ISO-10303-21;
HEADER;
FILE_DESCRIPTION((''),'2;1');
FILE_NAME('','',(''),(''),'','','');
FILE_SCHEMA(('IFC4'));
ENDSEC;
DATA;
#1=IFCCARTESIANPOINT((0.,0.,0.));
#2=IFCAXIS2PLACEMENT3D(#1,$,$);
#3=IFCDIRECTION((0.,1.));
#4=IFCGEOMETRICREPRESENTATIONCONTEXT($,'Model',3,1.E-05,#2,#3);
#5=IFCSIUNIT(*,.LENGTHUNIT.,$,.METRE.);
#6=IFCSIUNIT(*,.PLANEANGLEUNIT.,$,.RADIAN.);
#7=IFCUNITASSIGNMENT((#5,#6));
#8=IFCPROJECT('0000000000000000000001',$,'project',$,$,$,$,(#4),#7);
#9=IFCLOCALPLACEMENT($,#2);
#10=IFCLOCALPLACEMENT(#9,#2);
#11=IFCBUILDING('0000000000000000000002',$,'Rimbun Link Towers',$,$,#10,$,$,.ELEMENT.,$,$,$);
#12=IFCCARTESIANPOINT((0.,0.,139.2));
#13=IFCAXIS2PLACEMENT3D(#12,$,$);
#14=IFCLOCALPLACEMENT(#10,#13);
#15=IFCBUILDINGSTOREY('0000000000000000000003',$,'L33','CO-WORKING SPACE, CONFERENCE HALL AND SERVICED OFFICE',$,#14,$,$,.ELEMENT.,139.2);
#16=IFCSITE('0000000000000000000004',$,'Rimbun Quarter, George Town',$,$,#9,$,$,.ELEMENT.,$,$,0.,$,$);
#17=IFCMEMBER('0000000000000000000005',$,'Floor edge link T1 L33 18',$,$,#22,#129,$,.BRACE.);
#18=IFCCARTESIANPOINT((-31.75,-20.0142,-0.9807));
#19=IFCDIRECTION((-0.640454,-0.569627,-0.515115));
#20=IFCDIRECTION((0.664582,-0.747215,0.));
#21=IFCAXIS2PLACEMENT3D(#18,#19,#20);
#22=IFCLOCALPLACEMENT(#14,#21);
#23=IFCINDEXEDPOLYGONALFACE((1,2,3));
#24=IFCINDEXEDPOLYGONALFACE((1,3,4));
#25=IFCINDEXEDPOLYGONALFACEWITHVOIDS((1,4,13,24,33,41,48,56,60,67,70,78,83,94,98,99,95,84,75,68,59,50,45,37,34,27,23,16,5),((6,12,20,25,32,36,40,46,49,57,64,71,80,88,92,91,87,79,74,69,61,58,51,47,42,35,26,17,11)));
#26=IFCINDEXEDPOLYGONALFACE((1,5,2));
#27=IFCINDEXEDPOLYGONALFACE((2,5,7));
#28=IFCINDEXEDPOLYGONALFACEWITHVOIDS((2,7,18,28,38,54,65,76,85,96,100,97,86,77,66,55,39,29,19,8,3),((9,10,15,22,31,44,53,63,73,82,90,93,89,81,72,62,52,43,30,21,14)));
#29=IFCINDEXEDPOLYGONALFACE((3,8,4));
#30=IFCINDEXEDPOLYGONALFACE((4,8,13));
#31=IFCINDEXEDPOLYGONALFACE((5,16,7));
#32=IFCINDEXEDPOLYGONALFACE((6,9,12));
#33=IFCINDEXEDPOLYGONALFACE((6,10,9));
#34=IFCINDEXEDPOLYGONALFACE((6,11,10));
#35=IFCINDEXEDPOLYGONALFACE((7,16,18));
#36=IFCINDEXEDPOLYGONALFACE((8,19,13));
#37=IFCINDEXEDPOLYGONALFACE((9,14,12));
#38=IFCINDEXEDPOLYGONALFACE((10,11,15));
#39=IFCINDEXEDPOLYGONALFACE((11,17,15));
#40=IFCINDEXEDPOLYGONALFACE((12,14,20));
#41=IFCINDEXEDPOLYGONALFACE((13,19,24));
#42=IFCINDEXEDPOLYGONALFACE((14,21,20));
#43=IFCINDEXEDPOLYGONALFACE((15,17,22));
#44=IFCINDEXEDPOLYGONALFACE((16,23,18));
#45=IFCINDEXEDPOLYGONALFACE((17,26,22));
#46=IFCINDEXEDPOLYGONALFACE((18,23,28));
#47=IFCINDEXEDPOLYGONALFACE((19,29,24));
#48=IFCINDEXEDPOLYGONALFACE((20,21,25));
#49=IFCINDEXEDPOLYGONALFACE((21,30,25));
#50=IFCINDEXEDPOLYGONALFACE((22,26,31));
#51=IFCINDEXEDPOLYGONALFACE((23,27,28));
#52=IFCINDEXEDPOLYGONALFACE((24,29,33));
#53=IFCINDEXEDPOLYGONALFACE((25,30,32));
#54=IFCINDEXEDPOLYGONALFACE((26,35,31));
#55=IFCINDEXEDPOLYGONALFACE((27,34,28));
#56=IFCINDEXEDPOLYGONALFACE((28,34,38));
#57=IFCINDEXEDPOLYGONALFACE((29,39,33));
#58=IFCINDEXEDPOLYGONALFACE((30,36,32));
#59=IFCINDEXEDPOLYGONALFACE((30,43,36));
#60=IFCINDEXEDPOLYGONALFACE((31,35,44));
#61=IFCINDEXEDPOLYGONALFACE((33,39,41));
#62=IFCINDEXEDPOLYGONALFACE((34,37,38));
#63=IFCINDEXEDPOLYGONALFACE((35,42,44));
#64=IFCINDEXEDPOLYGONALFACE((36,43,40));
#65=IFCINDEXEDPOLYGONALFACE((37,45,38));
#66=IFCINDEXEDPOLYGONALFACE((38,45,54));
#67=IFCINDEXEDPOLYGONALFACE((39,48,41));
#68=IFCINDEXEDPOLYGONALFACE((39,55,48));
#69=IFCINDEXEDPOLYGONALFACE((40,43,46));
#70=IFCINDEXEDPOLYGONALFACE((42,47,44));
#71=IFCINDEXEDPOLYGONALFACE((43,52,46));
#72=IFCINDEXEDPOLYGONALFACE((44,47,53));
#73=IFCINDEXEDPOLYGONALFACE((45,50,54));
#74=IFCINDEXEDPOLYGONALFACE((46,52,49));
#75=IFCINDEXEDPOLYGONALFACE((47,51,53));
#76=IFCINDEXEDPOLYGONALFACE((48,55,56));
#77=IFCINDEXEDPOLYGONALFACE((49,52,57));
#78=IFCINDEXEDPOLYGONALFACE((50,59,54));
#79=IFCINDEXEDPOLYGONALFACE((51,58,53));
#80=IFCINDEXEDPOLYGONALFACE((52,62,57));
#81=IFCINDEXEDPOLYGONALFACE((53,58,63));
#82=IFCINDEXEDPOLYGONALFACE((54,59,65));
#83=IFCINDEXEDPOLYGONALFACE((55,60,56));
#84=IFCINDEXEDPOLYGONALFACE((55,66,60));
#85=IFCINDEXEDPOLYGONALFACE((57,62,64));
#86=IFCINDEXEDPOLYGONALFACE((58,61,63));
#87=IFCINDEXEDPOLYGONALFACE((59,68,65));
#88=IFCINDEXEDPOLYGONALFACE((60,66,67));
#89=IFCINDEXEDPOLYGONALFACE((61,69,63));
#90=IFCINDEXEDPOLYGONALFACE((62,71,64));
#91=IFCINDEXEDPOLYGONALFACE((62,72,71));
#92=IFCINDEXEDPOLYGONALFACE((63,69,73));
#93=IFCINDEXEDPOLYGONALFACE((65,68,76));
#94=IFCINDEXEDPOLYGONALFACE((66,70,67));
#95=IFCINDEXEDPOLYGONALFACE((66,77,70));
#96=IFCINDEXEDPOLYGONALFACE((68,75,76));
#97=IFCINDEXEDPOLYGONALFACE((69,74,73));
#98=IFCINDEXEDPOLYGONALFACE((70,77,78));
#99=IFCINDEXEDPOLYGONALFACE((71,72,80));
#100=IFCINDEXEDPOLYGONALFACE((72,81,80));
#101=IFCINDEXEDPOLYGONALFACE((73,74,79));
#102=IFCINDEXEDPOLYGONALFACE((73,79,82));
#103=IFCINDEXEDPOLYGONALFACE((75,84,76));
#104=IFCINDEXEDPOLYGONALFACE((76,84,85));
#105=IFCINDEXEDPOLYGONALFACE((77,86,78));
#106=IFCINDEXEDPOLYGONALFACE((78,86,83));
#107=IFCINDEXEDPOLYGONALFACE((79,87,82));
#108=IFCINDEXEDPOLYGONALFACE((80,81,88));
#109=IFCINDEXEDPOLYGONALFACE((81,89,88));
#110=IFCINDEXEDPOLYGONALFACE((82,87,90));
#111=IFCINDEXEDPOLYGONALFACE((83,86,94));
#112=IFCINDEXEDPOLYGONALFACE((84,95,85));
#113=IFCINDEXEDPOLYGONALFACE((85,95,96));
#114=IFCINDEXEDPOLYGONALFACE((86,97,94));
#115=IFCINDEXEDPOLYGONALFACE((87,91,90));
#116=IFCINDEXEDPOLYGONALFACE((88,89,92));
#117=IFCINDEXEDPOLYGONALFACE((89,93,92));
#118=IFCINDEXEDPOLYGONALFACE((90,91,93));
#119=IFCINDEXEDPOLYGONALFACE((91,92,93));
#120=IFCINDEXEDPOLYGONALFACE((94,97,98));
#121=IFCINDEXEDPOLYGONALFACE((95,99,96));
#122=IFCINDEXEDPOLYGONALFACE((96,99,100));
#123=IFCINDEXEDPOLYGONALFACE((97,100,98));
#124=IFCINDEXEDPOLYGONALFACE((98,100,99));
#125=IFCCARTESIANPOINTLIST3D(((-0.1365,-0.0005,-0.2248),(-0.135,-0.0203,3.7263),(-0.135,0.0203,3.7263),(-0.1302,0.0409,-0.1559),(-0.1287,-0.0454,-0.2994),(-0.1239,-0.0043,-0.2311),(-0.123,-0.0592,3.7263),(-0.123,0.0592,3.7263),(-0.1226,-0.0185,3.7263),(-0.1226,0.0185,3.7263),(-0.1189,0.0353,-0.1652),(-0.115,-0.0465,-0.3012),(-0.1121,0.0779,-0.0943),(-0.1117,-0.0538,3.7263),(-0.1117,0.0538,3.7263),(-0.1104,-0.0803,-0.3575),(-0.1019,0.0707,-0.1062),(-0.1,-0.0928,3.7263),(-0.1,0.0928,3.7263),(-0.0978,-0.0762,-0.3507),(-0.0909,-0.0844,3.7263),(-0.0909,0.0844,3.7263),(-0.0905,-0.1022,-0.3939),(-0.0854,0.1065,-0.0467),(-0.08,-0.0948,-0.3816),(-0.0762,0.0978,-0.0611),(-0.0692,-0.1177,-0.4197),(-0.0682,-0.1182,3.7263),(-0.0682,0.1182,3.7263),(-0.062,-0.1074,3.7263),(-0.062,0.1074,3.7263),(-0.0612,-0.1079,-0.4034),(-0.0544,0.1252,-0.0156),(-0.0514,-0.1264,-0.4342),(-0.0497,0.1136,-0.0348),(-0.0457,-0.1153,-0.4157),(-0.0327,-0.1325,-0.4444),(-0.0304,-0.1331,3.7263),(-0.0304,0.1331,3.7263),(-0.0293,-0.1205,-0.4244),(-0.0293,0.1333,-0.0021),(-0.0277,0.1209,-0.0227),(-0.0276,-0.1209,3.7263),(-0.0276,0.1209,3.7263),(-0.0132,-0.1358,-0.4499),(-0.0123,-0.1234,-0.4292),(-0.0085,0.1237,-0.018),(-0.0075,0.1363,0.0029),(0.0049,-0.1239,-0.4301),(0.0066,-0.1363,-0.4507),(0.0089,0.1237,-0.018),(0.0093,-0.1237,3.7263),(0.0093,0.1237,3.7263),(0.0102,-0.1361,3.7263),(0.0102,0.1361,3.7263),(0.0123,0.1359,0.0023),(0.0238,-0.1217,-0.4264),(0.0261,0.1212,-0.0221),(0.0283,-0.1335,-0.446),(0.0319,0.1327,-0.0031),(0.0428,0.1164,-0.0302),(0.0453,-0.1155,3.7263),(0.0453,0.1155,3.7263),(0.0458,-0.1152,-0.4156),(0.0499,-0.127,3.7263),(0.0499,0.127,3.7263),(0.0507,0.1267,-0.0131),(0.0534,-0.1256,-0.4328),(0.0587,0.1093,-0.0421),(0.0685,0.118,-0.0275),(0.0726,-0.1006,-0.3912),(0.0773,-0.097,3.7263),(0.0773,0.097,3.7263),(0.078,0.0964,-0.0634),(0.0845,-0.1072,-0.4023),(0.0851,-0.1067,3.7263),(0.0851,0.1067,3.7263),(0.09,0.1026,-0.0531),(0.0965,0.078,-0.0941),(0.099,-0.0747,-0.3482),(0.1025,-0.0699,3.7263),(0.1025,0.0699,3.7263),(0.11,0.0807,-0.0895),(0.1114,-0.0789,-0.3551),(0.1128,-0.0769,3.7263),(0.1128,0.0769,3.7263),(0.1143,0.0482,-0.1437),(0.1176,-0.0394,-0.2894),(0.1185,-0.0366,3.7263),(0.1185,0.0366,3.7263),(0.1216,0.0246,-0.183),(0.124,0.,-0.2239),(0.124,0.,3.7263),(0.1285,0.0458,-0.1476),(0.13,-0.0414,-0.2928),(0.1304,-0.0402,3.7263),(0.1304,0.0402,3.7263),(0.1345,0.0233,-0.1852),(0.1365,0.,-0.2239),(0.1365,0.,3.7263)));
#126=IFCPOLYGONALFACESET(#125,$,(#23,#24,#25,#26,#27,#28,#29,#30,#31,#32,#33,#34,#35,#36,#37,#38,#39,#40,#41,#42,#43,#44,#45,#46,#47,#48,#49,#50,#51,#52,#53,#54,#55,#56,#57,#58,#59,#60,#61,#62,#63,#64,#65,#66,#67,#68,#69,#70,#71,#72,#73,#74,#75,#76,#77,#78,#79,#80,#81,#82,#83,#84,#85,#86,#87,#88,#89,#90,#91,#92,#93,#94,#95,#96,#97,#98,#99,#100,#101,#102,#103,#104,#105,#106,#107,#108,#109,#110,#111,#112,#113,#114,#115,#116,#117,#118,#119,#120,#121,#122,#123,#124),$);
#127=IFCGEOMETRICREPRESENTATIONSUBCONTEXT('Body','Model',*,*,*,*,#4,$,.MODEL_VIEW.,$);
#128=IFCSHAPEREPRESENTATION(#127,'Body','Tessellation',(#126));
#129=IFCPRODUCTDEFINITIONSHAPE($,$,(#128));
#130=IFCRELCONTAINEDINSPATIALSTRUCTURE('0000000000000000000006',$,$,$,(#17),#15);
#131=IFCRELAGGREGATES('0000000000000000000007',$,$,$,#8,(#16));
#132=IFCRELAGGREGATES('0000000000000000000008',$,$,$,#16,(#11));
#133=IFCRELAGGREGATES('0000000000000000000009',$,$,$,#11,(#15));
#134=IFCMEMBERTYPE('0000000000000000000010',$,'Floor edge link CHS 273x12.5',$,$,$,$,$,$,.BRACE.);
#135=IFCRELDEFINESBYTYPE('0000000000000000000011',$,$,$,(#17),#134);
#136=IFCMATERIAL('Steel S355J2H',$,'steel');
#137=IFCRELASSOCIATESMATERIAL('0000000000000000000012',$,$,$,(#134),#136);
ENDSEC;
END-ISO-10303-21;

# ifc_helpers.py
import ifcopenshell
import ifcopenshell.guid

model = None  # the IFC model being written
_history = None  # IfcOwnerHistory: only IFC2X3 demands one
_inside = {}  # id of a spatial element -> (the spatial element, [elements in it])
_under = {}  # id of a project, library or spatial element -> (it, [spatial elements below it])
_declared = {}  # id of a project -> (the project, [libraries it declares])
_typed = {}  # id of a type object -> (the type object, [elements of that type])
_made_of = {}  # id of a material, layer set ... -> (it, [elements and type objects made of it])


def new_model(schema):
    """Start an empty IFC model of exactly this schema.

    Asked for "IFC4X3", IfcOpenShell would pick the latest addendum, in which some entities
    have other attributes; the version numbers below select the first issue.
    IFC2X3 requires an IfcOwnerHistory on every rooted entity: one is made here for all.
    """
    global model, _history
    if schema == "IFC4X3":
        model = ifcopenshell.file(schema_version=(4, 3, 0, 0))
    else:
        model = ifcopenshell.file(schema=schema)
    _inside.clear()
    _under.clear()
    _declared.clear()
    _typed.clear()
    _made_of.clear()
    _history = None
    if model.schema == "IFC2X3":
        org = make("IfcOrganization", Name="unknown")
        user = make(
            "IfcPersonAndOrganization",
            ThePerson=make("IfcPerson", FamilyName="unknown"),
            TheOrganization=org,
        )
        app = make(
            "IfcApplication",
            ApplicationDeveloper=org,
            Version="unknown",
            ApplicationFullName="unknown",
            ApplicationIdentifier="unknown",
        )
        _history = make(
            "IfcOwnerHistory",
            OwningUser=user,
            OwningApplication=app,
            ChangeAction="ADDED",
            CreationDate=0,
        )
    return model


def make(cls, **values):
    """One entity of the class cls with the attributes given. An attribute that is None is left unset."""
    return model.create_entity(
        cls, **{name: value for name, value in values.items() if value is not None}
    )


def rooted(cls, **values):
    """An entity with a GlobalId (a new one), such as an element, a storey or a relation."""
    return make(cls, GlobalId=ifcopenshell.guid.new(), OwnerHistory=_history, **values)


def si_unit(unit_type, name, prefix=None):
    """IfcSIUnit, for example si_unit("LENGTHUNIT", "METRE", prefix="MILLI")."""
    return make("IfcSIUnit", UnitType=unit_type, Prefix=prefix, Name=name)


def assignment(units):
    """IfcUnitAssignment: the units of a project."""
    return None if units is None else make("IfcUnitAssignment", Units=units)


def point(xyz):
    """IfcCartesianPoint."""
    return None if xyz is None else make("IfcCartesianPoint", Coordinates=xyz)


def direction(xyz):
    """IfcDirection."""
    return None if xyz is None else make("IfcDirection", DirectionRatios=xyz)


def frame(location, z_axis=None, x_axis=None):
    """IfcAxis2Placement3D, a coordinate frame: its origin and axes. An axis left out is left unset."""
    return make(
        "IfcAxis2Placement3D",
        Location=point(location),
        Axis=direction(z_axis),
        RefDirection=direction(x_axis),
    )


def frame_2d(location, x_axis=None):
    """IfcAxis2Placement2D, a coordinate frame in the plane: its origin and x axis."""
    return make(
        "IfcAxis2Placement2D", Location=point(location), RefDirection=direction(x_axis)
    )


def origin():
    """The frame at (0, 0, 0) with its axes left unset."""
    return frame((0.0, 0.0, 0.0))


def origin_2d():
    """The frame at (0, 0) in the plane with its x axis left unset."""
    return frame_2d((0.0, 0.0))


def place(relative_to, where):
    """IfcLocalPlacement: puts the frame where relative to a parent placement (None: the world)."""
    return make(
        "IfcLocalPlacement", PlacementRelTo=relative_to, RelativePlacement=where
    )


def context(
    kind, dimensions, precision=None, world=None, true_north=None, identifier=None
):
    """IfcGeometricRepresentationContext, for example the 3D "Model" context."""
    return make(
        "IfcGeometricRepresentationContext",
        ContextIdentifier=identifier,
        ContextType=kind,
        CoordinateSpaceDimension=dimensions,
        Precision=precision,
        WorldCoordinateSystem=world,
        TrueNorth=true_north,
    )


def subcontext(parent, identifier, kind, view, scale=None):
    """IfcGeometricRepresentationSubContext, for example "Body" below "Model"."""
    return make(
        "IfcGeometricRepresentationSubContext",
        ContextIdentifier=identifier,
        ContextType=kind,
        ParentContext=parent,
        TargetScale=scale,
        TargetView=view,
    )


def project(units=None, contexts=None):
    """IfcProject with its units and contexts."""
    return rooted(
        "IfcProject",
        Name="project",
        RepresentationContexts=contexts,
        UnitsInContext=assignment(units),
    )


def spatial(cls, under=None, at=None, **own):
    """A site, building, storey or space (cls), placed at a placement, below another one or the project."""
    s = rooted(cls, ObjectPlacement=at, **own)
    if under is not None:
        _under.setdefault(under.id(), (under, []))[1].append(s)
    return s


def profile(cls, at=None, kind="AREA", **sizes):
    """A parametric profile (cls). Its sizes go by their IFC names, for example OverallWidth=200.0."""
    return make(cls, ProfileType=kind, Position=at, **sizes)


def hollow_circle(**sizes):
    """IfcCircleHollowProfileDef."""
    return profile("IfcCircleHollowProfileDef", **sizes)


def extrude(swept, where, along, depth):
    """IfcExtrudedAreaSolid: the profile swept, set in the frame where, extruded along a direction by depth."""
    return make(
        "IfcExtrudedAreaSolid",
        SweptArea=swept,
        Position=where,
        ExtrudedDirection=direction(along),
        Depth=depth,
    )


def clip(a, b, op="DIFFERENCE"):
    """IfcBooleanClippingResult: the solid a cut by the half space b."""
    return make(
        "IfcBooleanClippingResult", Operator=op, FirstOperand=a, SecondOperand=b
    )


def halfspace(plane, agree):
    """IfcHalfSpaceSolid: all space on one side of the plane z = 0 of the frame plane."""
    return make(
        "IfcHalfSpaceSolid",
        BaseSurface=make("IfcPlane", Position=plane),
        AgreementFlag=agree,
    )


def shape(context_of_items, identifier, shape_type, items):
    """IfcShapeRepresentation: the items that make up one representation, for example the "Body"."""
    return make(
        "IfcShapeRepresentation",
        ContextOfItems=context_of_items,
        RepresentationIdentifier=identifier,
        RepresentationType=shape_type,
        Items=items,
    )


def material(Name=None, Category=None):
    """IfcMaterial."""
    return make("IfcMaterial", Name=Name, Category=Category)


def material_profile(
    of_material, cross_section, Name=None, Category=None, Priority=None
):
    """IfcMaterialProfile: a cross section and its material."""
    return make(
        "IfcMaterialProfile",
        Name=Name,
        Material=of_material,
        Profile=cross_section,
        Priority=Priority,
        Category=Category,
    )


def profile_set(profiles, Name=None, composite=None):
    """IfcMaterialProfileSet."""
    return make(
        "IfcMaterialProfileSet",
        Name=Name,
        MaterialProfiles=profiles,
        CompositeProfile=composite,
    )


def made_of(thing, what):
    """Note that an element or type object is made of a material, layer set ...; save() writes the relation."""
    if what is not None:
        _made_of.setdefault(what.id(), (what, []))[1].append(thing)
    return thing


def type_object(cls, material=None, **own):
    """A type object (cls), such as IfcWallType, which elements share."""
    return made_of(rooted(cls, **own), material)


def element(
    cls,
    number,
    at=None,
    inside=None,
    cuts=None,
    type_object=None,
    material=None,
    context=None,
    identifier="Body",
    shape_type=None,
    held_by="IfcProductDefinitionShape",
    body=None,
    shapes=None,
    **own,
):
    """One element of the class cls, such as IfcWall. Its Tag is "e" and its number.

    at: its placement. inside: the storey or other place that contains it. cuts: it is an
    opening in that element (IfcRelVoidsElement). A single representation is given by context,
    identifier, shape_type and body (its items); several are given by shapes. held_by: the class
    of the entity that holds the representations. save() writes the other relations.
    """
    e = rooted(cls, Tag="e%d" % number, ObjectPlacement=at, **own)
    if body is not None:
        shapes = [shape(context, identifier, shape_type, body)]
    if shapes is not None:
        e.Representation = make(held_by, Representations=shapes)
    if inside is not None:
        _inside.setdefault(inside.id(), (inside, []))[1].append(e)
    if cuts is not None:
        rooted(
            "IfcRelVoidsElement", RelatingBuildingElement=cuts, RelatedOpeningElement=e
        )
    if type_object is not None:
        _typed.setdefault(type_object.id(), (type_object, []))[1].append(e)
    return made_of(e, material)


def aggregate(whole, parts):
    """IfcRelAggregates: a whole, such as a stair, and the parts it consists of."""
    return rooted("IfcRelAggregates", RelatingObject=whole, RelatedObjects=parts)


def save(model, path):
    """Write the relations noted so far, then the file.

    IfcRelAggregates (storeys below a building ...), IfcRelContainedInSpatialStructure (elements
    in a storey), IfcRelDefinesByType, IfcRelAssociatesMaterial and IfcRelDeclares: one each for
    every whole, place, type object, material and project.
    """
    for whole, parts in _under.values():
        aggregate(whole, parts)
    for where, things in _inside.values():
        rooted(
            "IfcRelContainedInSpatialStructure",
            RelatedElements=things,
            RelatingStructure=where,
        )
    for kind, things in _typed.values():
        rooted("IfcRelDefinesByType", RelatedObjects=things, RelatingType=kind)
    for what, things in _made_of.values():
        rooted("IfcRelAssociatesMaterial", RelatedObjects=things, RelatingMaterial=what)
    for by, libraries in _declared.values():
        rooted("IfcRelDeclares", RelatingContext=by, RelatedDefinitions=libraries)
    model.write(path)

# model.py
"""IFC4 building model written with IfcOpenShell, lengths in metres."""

from ifc_helpers import new_model, si_unit, direction, frame, origin, origin_2d, place, context, subcontext, project, spatial, hollow_circle, extrude, clip, halfspace, material, material_profile, profile_set, type_object, element, save


model = new_model("IFC4")

# Units and contexts
model_context = context("Model", 3, precision=1e-05, world=origin(), true_north=direction((0.0, 1.0)))
body_context = subcontext(model_context, "Body", "Model", "MODEL_VIEW")
ifc_project = project(units=[si_unit("LENGTHUNIT", "METRE"), si_unit("PLANEANGLEUNIT", "RADIAN")], contexts=[model_context])

# Site, building, storey
site_placement = place(None, origin())
site = spatial("IfcSite", under=ifc_project, at=site_placement, Name="Rimbun Quarter, George Town", CompositionType="ELEMENT", RefElevation=0.0)
building_placement = place(site_placement, origin())
building = spatial("IfcBuilding", under=site, at=building_placement, Name="Rimbun Link Towers", CompositionType="ELEMENT")
storey_placement = place(building_placement, frame((0.0, 0.0, 139.2)))
storey = spatial("IfcBuildingStorey", under=building, at=storey_placement, Name="L33", Description="CO-WORKING SPACE, CONFERENCE HALL AND SERVICED OFFICE", CompositionType="ELEMENT", Elevation=139.2)

# Member
ifc_material_1 = material(Name="Steel S355J2H", Category="steel")
ifc_material_profile_1 = material_profile(ifc_material_1, hollow_circle(Radius=0.1365, WallThickness=0.0125, at=origin_2d()), Name="CHS 273x12.5")
ifc_profile_set_1 = profile_set([ifc_material_profile_1], Name="Steel S355J2H")
member_type_1 = type_object("IfcMemberType", Name="Floor edge link CHS 273x12.5", PredefinedType="BRACE", material=ifc_profile_set_1)
member_1_placement = place(storey_placement, frame((-31.75, -20.0142, -0.9807), z_axis=(-0.640454, -0.569627, -0.515115), x_axis=(0.664582, -0.747215, 0.0)))
element("IfcMember", 1, at=member_1_placement, inside=storey, type_object=member_type_1, Name="Floor edge link T1 L33 18", PredefinedType="BRACE", context=body_context, shape_type="Clipping", body=[
    clip(extrude(hollow_circle(Radius=0.1365, WallThickness=0.0125, at=origin_2d()), frame((0.0, 0.0, -0.4736)), (0.0, 0.0, 1.0), 4.2), halfspace(frame((0.0, 0.0, -0.2239), z_axis=(0.0, 0.857121, -0.515115)), False)),
])

save(model, "model.ifc")
